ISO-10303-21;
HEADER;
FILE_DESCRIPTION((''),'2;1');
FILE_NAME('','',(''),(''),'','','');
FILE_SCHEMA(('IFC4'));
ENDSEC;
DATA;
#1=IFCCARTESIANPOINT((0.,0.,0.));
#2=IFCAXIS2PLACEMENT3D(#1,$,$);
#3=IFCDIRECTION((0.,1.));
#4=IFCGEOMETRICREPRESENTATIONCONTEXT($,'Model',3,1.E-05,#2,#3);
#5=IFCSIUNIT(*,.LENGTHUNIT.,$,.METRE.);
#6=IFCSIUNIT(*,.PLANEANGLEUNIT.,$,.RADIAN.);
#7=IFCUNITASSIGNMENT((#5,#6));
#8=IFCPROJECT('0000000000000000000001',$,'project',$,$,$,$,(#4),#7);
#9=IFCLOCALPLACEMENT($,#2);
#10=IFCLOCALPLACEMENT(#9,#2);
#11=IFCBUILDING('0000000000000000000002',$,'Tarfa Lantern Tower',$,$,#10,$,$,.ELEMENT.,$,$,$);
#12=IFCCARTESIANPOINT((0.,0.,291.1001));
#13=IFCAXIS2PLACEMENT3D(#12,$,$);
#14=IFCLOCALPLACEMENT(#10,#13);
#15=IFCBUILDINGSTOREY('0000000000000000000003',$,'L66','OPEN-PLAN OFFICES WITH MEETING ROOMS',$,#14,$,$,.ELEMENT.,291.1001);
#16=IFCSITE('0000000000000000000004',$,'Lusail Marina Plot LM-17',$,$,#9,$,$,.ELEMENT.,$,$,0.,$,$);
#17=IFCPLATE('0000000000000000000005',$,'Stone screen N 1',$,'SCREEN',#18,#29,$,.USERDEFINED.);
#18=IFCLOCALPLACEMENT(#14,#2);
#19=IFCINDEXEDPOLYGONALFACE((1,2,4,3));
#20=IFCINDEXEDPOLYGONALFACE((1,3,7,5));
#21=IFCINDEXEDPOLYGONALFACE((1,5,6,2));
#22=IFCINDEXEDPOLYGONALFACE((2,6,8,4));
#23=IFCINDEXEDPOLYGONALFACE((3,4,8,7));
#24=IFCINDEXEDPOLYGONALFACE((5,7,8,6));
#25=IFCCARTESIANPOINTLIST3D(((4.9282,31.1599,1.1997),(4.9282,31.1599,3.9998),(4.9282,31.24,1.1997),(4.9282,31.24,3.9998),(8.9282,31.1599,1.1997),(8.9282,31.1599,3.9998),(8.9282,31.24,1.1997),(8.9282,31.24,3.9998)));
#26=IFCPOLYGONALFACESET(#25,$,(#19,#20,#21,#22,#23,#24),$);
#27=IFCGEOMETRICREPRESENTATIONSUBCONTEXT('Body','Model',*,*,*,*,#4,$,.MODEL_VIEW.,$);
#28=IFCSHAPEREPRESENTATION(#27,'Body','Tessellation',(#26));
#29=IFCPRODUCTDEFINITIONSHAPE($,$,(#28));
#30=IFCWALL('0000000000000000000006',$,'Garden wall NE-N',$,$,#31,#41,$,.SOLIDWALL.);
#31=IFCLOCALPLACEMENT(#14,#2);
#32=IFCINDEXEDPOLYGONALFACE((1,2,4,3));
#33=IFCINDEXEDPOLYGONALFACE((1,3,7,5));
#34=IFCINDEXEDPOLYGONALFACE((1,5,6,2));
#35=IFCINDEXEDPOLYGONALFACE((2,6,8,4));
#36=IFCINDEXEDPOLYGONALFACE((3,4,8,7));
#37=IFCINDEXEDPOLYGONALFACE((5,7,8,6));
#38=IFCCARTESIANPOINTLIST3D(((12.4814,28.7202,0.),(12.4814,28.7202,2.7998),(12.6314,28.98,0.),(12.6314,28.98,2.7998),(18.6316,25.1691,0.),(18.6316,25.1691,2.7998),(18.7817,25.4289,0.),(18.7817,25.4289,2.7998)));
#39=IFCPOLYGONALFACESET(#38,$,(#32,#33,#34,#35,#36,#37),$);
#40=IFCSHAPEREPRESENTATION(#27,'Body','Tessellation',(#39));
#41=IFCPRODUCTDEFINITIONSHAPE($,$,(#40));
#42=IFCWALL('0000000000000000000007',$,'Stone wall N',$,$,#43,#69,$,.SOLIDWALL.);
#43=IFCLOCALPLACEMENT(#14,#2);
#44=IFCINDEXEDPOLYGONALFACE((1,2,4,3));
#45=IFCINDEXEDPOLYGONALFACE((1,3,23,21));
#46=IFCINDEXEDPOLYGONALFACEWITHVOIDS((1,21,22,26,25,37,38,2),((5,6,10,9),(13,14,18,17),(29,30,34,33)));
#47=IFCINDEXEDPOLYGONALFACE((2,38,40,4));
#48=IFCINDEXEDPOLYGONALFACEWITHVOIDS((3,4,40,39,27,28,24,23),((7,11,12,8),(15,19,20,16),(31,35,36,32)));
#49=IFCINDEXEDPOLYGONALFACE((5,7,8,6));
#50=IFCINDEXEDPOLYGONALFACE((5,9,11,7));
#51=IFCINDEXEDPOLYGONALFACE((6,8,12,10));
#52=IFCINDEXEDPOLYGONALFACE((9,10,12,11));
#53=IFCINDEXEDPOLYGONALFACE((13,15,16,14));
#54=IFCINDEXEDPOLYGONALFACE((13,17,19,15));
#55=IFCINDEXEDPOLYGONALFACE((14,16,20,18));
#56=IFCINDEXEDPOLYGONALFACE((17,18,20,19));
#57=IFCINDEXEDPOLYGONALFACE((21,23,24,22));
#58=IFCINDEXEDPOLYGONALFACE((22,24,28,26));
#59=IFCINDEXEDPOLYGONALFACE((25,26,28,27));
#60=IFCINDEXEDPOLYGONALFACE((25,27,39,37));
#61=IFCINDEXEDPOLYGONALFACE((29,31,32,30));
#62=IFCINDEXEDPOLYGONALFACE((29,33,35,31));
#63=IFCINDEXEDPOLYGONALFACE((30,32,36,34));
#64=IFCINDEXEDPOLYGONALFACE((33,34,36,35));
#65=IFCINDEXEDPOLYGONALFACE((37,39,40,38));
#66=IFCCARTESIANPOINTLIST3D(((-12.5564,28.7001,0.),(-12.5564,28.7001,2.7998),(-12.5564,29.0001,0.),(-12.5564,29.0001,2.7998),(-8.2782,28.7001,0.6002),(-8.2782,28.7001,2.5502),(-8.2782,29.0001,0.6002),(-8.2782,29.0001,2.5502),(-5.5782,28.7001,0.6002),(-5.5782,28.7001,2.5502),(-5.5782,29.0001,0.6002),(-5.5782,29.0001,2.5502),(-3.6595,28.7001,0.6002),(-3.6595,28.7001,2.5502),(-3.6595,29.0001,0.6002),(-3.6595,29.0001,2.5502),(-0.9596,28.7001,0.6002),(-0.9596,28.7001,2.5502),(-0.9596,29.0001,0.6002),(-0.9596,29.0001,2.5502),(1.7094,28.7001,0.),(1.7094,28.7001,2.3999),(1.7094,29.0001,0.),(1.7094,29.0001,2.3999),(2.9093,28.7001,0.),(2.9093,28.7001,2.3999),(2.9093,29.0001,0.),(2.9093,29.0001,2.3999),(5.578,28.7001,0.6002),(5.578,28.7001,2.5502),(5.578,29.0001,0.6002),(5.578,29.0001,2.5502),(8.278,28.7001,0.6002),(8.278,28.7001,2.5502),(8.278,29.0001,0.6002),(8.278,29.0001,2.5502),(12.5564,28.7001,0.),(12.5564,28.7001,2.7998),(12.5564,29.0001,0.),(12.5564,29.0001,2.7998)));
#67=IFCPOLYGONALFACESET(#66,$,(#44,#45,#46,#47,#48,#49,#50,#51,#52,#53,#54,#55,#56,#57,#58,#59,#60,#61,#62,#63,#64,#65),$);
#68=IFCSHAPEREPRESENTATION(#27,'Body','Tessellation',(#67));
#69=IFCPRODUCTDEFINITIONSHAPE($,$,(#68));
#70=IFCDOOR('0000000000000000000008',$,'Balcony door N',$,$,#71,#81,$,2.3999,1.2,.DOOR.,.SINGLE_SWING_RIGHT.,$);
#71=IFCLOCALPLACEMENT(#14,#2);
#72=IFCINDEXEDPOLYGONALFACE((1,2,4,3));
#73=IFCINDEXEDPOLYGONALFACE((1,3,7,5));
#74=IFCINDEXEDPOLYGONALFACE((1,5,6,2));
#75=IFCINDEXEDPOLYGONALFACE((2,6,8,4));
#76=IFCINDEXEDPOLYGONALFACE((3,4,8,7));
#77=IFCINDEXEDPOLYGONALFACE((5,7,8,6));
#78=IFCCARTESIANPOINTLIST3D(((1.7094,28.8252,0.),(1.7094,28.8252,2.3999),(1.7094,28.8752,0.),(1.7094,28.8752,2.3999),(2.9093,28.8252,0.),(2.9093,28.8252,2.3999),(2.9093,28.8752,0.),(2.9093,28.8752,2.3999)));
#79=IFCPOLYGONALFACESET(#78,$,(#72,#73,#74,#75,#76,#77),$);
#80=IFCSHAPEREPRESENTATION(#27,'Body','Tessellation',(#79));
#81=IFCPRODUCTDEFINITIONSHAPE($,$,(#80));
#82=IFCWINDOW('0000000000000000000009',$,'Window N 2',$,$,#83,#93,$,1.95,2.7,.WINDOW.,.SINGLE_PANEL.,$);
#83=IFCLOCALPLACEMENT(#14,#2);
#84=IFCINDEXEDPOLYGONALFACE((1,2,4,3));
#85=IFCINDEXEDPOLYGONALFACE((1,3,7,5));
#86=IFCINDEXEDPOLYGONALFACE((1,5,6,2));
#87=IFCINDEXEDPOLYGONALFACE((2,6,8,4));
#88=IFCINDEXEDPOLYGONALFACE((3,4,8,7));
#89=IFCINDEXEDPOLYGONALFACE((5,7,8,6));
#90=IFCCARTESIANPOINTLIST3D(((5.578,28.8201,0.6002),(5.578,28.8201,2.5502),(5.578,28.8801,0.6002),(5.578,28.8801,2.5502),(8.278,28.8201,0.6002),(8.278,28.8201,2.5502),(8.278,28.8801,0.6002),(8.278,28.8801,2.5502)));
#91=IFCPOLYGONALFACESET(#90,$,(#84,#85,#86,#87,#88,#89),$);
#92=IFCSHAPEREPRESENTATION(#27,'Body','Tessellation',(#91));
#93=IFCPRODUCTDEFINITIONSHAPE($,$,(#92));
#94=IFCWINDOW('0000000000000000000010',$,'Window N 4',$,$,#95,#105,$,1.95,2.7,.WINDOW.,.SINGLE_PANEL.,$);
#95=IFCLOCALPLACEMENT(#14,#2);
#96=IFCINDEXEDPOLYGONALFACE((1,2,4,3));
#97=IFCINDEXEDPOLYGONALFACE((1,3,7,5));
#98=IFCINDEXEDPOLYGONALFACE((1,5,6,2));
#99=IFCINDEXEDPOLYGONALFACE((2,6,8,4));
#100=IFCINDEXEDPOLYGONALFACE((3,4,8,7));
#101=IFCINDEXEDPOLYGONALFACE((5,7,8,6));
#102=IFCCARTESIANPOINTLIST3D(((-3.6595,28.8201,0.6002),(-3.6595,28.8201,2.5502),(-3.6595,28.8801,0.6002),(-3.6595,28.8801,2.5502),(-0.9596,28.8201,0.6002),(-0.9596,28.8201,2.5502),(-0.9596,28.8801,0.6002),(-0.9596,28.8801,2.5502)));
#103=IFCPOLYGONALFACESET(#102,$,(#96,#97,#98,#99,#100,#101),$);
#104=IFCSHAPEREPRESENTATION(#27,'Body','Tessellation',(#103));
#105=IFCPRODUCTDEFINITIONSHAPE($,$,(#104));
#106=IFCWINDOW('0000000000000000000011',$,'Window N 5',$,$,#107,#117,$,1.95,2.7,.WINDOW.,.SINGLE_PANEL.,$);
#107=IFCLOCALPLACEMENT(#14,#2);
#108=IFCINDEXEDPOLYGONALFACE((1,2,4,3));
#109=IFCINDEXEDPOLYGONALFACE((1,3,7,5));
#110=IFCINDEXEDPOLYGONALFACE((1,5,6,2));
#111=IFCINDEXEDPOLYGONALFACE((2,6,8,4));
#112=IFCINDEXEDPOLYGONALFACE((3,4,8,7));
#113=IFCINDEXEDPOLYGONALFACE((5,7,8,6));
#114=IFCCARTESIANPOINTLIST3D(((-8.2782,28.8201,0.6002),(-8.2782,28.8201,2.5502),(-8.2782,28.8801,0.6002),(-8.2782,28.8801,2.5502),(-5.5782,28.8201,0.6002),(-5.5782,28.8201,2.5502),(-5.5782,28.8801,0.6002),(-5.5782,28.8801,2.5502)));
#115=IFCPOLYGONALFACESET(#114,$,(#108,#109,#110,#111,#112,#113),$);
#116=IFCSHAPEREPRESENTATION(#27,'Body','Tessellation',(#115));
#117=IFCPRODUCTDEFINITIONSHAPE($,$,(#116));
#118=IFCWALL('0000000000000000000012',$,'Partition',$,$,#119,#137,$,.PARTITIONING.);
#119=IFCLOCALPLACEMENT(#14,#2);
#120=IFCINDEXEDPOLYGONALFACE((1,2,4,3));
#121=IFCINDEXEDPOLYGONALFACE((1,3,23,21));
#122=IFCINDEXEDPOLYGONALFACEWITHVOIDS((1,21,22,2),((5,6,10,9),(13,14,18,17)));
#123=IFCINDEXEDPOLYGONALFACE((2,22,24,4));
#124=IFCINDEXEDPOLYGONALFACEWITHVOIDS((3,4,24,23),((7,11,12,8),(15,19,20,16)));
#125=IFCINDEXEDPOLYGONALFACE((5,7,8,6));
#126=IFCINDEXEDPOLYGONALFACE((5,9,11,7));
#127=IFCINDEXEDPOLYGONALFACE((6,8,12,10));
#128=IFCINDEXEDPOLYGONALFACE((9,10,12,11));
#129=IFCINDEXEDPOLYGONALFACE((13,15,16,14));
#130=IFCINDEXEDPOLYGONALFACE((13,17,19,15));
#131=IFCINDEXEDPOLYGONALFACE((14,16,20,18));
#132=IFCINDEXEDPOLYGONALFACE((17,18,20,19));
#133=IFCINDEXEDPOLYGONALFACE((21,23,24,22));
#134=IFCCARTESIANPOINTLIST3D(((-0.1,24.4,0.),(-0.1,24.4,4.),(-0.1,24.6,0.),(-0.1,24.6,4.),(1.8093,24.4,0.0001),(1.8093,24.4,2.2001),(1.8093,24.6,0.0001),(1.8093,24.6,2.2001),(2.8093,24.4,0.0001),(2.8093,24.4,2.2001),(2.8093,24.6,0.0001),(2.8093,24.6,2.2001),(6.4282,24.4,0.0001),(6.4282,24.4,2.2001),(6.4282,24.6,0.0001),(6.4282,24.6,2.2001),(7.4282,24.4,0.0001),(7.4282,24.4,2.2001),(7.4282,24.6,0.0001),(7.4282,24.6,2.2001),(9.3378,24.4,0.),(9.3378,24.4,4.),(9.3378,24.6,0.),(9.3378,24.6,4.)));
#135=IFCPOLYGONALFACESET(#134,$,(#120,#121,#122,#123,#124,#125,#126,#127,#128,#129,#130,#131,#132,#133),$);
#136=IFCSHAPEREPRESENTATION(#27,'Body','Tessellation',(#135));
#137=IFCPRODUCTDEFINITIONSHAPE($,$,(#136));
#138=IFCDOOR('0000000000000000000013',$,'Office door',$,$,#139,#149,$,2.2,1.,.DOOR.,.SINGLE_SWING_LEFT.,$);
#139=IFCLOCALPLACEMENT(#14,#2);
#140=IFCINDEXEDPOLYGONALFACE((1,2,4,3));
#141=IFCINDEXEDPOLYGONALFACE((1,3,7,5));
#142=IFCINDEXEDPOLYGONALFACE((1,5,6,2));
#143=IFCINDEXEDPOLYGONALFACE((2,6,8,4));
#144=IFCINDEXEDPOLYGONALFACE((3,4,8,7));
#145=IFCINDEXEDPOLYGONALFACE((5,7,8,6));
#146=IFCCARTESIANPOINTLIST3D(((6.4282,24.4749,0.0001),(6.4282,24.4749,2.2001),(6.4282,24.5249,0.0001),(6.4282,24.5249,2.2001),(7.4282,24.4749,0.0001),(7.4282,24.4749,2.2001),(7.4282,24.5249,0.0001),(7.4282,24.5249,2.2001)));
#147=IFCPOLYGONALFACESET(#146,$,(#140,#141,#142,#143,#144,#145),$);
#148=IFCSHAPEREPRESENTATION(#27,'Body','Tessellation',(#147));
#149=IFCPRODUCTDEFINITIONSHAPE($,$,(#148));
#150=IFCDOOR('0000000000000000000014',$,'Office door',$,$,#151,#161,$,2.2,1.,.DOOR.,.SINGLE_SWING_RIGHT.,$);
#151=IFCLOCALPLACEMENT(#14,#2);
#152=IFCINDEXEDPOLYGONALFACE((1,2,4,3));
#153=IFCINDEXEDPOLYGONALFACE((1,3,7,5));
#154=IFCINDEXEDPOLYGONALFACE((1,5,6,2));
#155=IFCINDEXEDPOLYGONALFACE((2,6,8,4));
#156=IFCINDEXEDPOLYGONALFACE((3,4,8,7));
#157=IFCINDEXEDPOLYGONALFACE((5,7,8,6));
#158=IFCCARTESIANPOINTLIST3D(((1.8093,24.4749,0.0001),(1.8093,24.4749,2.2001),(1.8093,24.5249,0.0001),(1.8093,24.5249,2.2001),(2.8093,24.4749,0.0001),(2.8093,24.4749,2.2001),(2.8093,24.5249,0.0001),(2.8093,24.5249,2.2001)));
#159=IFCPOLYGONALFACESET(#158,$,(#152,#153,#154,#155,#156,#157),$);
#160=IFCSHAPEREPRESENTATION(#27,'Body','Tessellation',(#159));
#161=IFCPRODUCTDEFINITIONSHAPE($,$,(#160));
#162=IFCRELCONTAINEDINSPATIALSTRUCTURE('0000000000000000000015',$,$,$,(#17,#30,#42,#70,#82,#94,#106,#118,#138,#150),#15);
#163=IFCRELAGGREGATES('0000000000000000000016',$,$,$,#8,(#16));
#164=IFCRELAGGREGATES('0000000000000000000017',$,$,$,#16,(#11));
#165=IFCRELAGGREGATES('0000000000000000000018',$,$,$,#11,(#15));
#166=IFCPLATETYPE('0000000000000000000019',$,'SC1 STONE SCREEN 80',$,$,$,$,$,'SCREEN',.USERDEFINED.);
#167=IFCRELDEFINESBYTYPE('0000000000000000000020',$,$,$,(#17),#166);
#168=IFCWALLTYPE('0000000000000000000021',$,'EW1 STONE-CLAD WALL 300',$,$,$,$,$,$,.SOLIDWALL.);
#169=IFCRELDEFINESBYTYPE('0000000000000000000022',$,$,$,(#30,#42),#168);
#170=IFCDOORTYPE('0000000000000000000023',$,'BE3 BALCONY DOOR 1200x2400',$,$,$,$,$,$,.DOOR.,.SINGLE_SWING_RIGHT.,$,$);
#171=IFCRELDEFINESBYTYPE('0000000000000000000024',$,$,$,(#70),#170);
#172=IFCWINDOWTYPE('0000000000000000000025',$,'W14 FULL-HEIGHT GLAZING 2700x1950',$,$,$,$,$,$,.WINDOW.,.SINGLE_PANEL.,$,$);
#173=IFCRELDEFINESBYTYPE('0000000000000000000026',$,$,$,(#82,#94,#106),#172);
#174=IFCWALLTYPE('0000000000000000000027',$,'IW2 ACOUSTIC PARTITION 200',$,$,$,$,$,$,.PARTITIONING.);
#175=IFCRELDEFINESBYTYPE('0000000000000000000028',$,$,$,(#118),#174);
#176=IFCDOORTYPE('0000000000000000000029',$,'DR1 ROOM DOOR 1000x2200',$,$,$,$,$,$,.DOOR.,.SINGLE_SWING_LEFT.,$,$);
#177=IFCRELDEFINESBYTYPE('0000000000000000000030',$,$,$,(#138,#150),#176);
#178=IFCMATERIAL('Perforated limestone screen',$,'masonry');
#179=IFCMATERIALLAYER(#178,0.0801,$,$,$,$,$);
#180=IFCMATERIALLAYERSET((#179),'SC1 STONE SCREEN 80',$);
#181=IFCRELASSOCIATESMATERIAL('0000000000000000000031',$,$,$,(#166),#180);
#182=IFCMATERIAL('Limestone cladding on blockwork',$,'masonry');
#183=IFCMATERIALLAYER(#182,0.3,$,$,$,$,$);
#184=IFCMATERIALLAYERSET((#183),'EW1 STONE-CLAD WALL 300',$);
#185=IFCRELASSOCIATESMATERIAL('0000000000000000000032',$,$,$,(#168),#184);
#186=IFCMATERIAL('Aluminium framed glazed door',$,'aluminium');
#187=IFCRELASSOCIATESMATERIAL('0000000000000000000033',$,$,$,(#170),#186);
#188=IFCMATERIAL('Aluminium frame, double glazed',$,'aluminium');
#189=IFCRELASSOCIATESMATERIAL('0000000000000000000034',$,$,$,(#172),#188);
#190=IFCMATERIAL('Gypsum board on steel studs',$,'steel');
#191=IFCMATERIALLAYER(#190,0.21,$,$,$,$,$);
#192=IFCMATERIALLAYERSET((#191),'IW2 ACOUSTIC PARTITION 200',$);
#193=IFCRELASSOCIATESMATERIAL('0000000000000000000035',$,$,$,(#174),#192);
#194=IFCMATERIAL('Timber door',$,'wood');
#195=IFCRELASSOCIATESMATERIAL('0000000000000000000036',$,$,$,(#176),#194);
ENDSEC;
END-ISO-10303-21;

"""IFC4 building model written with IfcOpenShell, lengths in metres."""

from ifc_helpers import new_model, si_unit, direction, frame, frame_2d, origin, origin_2d, place, context, subcontext, project, spatial, rectangle, extrude, material, layer, layer_set, type_object, element, fill, save


model = new_model("IFC4")

# Units and contexts
model_context = context("Model", 3, precision=1e-05, world=origin(), true_north=direction((0.0, 1.0)))
body_context = subcontext(model_context, "Body", "Model", "MODEL_VIEW")
ifc_project = project(units=[si_unit("LENGTHUNIT", "METRE"), si_unit("PLANEANGLEUNIT", "RADIAN")], contexts=[model_context])

# Site, building, storey
site_placement = place(None, origin())
site = spatial("IfcSite", under=ifc_project, at=site_placement, Name="Lusail Marina Plot LM-17", CompositionType="ELEMENT", RefElevation=0.0)
building_placement = place(site_placement, origin())
building = spatial("IfcBuilding", under=site, at=building_placement, Name="Tarfa Lantern Tower", CompositionType="ELEMENT")
storey_placement = place(building_placement, frame((0.0, 0.0, 291.1001)))
storey = spatial("IfcBuildingStorey", under=building, at=storey_placement, Name="L66", Description="OPEN-PLAN OFFICES WITH MEETING ROOMS", CompositionType="ELEMENT", Elevation=291.1001)

# Plate
ifc_material_1 = material(Name="Perforated limestone screen", Category="masonry")
ifc_layer_1 = layer(ifc_material_1, 0.0801)
ifc_layer_set_1 = layer_set([ifc_layer_1], Name="SC1 STONE SCREEN 80")
plate_type_1 = type_object("IfcPlateType", Name="SC1 STONE SCREEN 80", ElementType="SCREEN", PredefinedType="USERDEFINED", material=ifc_layer_set_1)
plate_1_placement = place(storey_placement, frame((6.9282, 31.2, 1.1997), z_axis=(0.0, 0.0, 1.0), x_axis=(-1.0, 0.0, 0.0)))
element("IfcPlate", 1, at=plate_1_placement, inside=storey, type_object=plate_type_1, Name="Stone screen N 1", ObjectType="SCREEN", PredefinedType="USERDEFINED", context=body_context, shape_type="SweptSolid", body=[
    extrude(rectangle(XDim=4.0, YDim=0.0801, at=origin_2d()), origin(), (0.0, 0.0, 1.0), 2.8),
])

# Wall
ifc_material_2 = material(Name="Limestone cladding on blockwork", Category="masonry")
ifc_layer_2 = layer(ifc_material_2, 0.3)
ifc_layer_set_2 = layer_set([ifc_layer_2], Name="EW1 STONE-CLAD WALL 300")
wall_type_1 = type_object("IfcWallType", Name="EW1 STONE-CLAD WALL 300", PredefinedType="SOLIDWALL", material=ifc_layer_set_2)
wall_1_placement = place(storey_placement, frame((18.7065, 25.2991, 0.0), z_axis=(0.0, 0.0, 1.0), x_axis=(-0.866011, 0.500025, 0.0)))
element("IfcWall", 2, at=wall_1_placement, inside=storey, type_object=wall_type_1, Name="Garden wall NE-N", PredefinedType="SOLIDWALL", context=body_context, shape_type="SweptSolid", body=[
    extrude(rectangle(XDim=7.1018, YDim=0.3, at=frame_2d((3.5508, 0.0))), origin(), (0.0, 0.0, 1.0), 2.7998),
])

# Wall, openings, door, windows
wall_2_placement = place(storey_placement, frame((12.5564, 28.8501, 0.0), z_axis=(0.0, 0.0, 1.0), x_axis=(-1.0, 0.0, 0.0)))
wall_2 = element("IfcWall", 3, at=wall_2_placement, inside=storey, type_object=wall_type_1, Name="Stone wall N", PredefinedType="SOLIDWALL", context=body_context, shape_type="SweptSolid", body=[
    extrude(rectangle(XDim=25.1128, YDim=0.3, at=frame_2d((12.5564, 0.0))), origin(), (0.0, 0.0, 1.0), 2.7998),
])
opening_1_placement = place(wall_2_placement, frame((4.2783, 0.0, 0.6001)))
opening_1 = element("IfcOpeningElement", 4, at=opening_1_placement, cuts=wall_2, PredefinedType="OPENING", context=body_context, shape_type="SweptSolid", body=[
    extrude(rectangle(XDim=2.7, YDim=1.95, at=frame_2d((1.3501, 0.9751))), frame((0.0, 0.1599, 0.0), z_axis=(0.0, -1.0, 0.0), x_axis=(1.0, 0.0, 0.0)), (0.0, 0.0, 1.0), 0.3201),
])
opening_2_placement = place(wall_2_placement, frame((9.647, 0.0, 0.0)))
opening_2 = element("IfcOpeningElement", 5, at=opening_2_placement, cuts=wall_2, PredefinedType="OPENING", context=body_context, shape_type="SweptSolid", body=[
    extrude(rectangle(XDim=1.2, YDim=2.3999, at=frame_2d((0.6001, 1.2))), frame((0.0, 0.1599, 0.0), z_axis=(0.0, -1.0, 0.0), x_axis=(1.0, 0.0, 0.0)), (0.0, 0.0, 1.0), 0.3201),
])
opening_3_placement = place(wall_2_placement, frame((13.5159, 0.0, 0.6001)))
opening_3 = element("IfcOpeningElement", 6, at=opening_3_placement, cuts=wall_2, PredefinedType="OPENING", context=body_context, shape_type="SweptSolid", body=[
    extrude(rectangle(XDim=2.7, YDim=1.95, at=frame_2d((1.3501, 0.9751))), frame((0.0, 0.1599, 0.0), z_axis=(0.0, -1.0, 0.0), x_axis=(1.0, 0.0, 0.0)), (0.0, 0.0, 1.0), 0.3201),
])
opening_4_placement = place(wall_2_placement, frame((18.1345, 0.0, 0.6001)))
opening_4 = element("IfcOpeningElement", 7, at=opening_4_placement, cuts=wall_2, PredefinedType="OPENING", context=body_context, shape_type="SweptSolid", body=[
    extrude(rectangle(XDim=2.7, YDim=1.95, at=frame_2d((1.3501, 0.9751))), frame((0.0, 0.1599, 0.0), z_axis=(0.0, -1.0, 0.0), x_axis=(1.0, 0.0, 0.0)), (0.0, 0.0, 1.0), 0.3201),
])
ifc_material_3 = material(Name="Aluminium framed glazed door", Category="aluminium")
door_type_1 = type_object("IfcDoorType", Name="BE3 BALCONY DOOR 1200x2400", OperationType="SINGLE_SWING_RIGHT", PredefinedType="DOOR", material=ifc_material_3)
door_1_placement = place(opening_2_placement, origin())
door_1 = element("IfcDoor", 8, at=door_1_placement, inside=storey, type_object=door_type_1, Name="Balcony door N", OperationType="SINGLE_SWING_RIGHT", OverallHeight=2.3999, OverallWidth=1.2, PredefinedType="DOOR", context=body_context, shape_type="SweptSolid", body=[
    extrude(rectangle(XDim=1.2, YDim=2.3999, at=frame_2d((0.6001, 1.2))), frame((0.0, 0.0249, 0.0), z_axis=(0.0, -1.0, 0.0), x_axis=(1.0, 0.0, 0.0)), (0.0, 0.0, 1.0), 0.05),
])
fill(opening_2, door_1)
ifc_material_4 = material(Name="Aluminium frame, double glazed", Category="aluminium")
window_type = type_object("IfcWindowType", Name="W14 FULL-HEIGHT GLAZING 2700x1950", PartitioningType="SINGLE_PANEL", PredefinedType="WINDOW", material=ifc_material_4)
window_1_placement = place(opening_1_placement, origin())
window_1 = element("IfcWindow", 9, at=window_1_placement, inside=storey, type_object=window_type, Name="Window N 2", OverallHeight=1.95, OverallWidth=2.7, PartitioningType="SINGLE_PANEL", PredefinedType="WINDOW", context=body_context, shape_type="SweptSolid", body=[
    extrude(rectangle(XDim=2.7, YDim=1.95, at=frame_2d((1.3501, 0.9751))), frame((0.0, 0.03, 0.0), z_axis=(0.0, -1.0, 0.0), x_axis=(1.0, 0.0, 0.0)), (0.0, 0.0, 1.0), 0.0601),
])
fill(opening_1, window_1)
window_2_placement = place(opening_3_placement, origin())
window_2 = element("IfcWindow", 10, at=window_2_placement, inside=storey, type_object=window_type, Name="Window N 4", OverallHeight=1.95, OverallWidth=2.7, PartitioningType="SINGLE_PANEL", PredefinedType="WINDOW", context=body_context, shape_type="SweptSolid", body=[
    extrude(rectangle(XDim=2.7, YDim=1.95, at=frame_2d((1.3501, 0.9751))), frame((0.0, 0.03, 0.0), z_axis=(0.0, -1.0, 0.0), x_axis=(1.0, 0.0, 0.0)), (0.0, 0.0, 1.0), 0.0601),
])
fill(opening_3, window_2)
window_3_placement = place(opening_4_placement, origin())
window_3 = element("IfcWindow", 11, at=window_3_placement, inside=storey, type_object=window_type, Name="Window N 5", OverallHeight=1.95, OverallWidth=2.7, PartitioningType="SINGLE_PANEL", PredefinedType="WINDOW", context=body_context, shape_type="SweptSolid", body=[
    extrude(rectangle(XDim=2.7, YDim=1.95, at=frame_2d((1.3501, 0.9751))), frame((0.0, 0.03, 0.0), z_axis=(0.0, -1.0, 0.0), x_axis=(1.0, 0.0, 0.0)), (0.0, 0.0, 1.0), 0.0601),
])
fill(opening_4, window_3)

# Wall, openings, doors
ifc_material_5 = material(Name="Gypsum board on steel studs", Category="steel")
ifc_layer_3 = layer(ifc_material_5, 0.21)
ifc_layer_set_3 = layer_set([ifc_layer_3], Name="IW2 ACOUSTIC PARTITION 200")
wall_type_2 = type_object("IfcWallType", Name="IW2 ACOUSTIC PARTITION 200", PredefinedType="PARTITIONING", material=ifc_layer_set_3)
wall_3_placement = place(storey_placement, frame((9.3376, 24.5, 0.0), z_axis=(0.0, 0.0, 1.0), x_axis=(-1.0, 0.0, 0.0)))
wall_3 = element("IfcWall", 12, at=wall_3_placement, inside=storey, type_object=wall_type_2, Name="Partition", PredefinedType="PARTITIONING", context=body_context, shape_type="SweptSolid", body=[
    extrude(rectangle(XDim=9.4377, YDim=0.2, at=frame_2d((4.7188, 0.0))), origin(), (0.0, 0.0, 1.0), 4.0),
])
opening_5_placement = place(wall_3_placement, frame((1.9094, 0.0, 0.0)))
opening_5 = element("IfcOpeningElement", 13, at=opening_5_placement, cuts=wall_3, PredefinedType="OPENING", context=body_context, shape_type="SweptSolid", body=[
    extrude(rectangle(XDim=1.0, YDim=2.2, at=frame_2d((0.5, 1.1001))), frame((0.0, 0.1099, 0.0), z_axis=(0.0, -1.0, 0.0), x_axis=(1.0, 0.0, 0.0)), (0.0, 0.0, 1.0), 0.22),
])
opening_6_placement = place(wall_3_placement, frame((6.5283, 0.0, 0.0)))
opening_6 = element("IfcOpeningElement", 14, at=opening_6_placement, cuts=wall_3, PredefinedType="OPENING", context=body_context, shape_type="SweptSolid", body=[
    extrude(rectangle(XDim=1.0, YDim=2.2, at=frame_2d((0.5, 1.1001))), frame((0.0, 0.1099, 0.0), z_axis=(0.0, -1.0, 0.0), x_axis=(1.0, 0.0, 0.0)), (0.0, 0.0, 1.0), 0.22),
])
ifc_material_6 = material(Name="Timber door", Category="wood")
door_type_2 = type_object("IfcDoorType", Name="DR1 ROOM DOOR 1000x2200", OperationType="SINGLE_SWING_LEFT", PredefinedType="DOOR", material=ifc_material_6)
door_2_placement = place(opening_5_placement, frame((1.0, 0.0, 0.0), z_axis=(0.0, 0.0, 1.0), x_axis=(-1.0, 0.0, 0.0)))
door_2 = element("IfcDoor", 15, at=door_2_placement, inside=storey, type_object=door_type_2, Name="Office door", OperationType="SINGLE_SWING_LEFT", OverallHeight=2.2, OverallWidth=1.0, PredefinedType="DOOR", context=body_context, shape_type="SweptSolid", body=[
    extrude(rectangle(XDim=1.0, YDim=2.2, at=frame_2d((0.5, 1.1001))), frame((0.0, 0.0249, 0.0), z_axis=(0.0, -1.0, 0.0), x_axis=(1.0, 0.0, 0.0)), (0.0, 0.0, 1.0), 0.05),
])
fill(opening_5, door_2)
door_3_placement = place(opening_6_placement, frame((1.0, 0.0, 0.0), z_axis=(0.0, 0.0, 1.0), x_axis=(-1.0, 0.0, 0.0)))
door_3 = element("IfcDoor", 16, at=door_3_placement, inside=storey, type_object=door_type_2, Name="Office door", OperationType="SINGLE_SWING_RIGHT", OverallHeight=2.2, OverallWidth=1.0, PredefinedType="DOOR", context=body_context, shape_type="SweptSolid", body=[
    extrude(rectangle(XDim=1.0, YDim=2.2, at=frame_2d((0.5, 1.1001))), frame((0.0, 0.0249, 0.0), z_axis=(0.0, -1.0, 0.0), x_axis=(1.0, 0.0, 0.0)), (0.0, 0.0, 1.0), 0.05),
])
fill(opening_6, door_3)

save(model, "model.ifc")
